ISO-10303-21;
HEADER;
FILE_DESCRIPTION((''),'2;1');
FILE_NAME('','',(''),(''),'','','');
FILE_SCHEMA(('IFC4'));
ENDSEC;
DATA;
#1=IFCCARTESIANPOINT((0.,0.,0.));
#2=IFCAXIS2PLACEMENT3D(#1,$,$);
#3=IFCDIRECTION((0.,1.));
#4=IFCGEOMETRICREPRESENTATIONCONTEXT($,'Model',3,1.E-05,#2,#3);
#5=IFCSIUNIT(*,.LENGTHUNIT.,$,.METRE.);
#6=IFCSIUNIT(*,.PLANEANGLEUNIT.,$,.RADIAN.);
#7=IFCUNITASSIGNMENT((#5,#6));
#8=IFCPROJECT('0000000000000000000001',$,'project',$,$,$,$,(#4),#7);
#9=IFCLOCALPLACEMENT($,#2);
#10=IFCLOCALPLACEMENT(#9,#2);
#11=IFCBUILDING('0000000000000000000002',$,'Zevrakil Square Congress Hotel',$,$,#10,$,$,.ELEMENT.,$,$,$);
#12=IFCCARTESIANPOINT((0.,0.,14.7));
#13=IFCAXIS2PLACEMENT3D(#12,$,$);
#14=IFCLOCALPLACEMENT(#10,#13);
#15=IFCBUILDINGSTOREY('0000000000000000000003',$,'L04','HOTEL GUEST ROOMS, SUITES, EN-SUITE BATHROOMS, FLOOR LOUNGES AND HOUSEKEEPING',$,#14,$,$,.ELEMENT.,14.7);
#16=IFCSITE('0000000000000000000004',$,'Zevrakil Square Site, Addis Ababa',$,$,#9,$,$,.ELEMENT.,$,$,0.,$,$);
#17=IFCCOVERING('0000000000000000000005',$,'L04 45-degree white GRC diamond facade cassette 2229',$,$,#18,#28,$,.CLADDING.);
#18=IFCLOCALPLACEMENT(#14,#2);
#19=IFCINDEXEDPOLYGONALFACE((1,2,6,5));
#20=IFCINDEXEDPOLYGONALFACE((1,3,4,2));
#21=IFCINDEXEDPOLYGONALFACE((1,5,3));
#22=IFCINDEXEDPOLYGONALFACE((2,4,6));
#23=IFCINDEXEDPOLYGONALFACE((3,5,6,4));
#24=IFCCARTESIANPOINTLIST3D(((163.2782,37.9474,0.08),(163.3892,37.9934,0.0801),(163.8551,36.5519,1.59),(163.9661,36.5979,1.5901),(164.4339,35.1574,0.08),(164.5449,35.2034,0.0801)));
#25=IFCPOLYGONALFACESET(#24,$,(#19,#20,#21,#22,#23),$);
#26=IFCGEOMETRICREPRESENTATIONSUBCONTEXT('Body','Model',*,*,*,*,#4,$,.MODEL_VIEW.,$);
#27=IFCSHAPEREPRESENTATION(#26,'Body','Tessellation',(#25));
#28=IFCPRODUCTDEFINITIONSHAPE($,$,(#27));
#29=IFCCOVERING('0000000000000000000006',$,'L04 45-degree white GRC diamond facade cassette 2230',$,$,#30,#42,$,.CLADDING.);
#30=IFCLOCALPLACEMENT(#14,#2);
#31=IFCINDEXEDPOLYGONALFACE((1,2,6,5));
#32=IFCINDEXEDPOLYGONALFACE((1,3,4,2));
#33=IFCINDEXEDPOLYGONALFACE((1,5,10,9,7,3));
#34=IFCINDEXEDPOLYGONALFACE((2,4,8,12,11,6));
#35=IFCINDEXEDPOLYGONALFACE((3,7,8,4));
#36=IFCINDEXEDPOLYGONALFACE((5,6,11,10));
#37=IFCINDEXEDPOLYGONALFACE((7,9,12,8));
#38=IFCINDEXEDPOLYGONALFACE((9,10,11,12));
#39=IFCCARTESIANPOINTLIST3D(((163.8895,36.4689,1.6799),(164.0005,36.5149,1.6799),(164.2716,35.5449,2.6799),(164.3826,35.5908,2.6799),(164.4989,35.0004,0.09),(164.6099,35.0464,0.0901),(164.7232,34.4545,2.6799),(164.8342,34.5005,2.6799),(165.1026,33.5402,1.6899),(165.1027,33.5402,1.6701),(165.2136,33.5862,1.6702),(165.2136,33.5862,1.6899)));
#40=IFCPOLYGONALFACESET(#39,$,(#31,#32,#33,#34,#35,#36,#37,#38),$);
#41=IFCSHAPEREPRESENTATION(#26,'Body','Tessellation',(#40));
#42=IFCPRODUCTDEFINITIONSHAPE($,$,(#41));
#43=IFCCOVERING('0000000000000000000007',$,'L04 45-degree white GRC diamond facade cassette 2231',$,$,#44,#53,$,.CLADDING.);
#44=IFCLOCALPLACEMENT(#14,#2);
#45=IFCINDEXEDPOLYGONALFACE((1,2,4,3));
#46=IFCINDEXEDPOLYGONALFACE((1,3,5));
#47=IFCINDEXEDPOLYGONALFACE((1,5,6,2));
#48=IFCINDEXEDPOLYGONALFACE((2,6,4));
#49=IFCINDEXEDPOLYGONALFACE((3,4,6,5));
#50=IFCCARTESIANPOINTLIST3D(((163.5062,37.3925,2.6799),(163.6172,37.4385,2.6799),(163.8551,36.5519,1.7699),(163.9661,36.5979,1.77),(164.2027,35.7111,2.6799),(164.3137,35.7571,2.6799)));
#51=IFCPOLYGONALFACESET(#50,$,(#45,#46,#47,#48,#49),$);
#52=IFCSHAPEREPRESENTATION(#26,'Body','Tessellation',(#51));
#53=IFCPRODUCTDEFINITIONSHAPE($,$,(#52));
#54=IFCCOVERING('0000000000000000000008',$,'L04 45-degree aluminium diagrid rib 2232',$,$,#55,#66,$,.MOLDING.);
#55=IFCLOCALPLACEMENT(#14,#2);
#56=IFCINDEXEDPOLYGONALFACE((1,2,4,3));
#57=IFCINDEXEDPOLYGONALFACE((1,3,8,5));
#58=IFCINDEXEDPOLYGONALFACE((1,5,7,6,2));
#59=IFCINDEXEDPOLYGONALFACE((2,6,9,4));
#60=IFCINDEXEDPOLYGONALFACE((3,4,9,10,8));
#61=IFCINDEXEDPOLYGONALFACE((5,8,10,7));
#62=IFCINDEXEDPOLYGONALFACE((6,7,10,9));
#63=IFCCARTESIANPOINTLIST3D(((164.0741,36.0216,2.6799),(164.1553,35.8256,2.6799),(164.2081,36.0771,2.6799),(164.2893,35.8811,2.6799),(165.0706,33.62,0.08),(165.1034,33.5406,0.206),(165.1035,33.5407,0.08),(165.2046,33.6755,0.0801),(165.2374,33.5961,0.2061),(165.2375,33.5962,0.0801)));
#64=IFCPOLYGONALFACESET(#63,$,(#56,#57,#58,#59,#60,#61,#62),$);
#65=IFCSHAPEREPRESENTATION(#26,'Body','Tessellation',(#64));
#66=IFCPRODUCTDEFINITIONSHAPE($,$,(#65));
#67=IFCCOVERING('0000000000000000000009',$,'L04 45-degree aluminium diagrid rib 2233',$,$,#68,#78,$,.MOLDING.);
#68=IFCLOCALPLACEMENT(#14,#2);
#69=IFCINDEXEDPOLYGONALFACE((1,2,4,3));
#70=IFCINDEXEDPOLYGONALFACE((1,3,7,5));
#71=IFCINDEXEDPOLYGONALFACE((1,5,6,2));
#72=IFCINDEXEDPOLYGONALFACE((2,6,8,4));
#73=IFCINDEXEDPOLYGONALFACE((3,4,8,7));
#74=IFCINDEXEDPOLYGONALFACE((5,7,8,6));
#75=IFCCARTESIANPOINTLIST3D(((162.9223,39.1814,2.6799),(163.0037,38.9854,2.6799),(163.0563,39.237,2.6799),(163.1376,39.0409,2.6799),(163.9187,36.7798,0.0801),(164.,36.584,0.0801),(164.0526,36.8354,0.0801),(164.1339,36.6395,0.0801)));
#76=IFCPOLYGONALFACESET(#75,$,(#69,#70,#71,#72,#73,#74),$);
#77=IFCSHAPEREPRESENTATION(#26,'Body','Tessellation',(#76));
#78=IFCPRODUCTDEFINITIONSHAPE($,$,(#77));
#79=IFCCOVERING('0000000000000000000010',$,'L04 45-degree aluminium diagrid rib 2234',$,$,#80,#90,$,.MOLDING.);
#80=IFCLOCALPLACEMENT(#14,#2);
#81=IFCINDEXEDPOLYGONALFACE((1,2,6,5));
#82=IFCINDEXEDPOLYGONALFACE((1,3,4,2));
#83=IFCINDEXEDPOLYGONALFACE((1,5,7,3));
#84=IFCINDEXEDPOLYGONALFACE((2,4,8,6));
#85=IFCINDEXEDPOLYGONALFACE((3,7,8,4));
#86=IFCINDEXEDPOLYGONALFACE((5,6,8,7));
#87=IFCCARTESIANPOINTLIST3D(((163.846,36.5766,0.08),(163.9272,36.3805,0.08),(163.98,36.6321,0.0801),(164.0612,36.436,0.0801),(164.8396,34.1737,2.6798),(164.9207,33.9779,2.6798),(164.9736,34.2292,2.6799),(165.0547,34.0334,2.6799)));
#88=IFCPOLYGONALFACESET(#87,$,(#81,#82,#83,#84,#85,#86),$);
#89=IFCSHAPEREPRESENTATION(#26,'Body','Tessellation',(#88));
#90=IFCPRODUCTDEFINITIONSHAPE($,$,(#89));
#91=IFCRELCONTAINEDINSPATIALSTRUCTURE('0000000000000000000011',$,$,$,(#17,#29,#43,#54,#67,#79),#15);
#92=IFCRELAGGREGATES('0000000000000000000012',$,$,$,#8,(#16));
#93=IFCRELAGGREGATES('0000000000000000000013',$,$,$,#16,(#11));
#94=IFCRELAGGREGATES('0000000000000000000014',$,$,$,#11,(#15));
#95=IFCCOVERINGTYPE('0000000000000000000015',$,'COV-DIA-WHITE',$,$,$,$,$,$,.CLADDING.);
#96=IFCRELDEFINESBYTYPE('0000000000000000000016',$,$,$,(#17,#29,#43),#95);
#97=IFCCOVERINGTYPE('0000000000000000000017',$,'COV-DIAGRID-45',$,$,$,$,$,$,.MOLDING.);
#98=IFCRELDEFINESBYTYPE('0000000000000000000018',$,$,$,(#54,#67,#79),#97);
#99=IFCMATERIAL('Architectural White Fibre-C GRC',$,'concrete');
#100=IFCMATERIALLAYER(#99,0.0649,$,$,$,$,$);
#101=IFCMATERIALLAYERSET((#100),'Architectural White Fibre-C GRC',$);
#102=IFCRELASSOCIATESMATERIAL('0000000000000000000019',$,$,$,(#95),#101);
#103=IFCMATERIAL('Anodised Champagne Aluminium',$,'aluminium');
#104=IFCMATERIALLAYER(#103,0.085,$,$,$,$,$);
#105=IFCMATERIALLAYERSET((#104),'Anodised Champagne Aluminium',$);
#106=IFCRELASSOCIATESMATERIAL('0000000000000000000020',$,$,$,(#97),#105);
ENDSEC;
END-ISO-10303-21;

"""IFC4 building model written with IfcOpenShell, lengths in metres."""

from ifc_helpers import new_model, si_unit, direction, frame, origin, place, context, subcontext, project, spatial, polyline, outline, extrude, material, layer, layer_set, type_object, element, save


model = new_model("IFC4")

# Units and contexts
model_context = context("Model", 3, precision=1e-05, world=origin(), true_north=direction((0.0, 1.0)))
body_context = subcontext(model_context, "Body", "Model", "MODEL_VIEW")
ifc_project = project(units=[si_unit("LENGTHUNIT", "METRE"), si_unit("PLANEANGLEUNIT", "RADIAN")], contexts=[model_context])

# Site, building, storey
site_placement = place(None, origin())
site = spatial("IfcSite", under=ifc_project, at=site_placement, Name="Zevrakil Square Site, Addis Ababa", CompositionType="ELEMENT", RefElevation=0.0)
building_placement = place(site_placement, origin())
building = spatial("IfcBuilding", under=site, at=building_placement, Name="Zevrakil Square Congress Hotel", CompositionType="ELEMENT")
storey_placement = place(building_placement, frame((0.0, 0.0, 14.7)))
storey = spatial("IfcBuildingStorey", under=building, at=storey_placement, Name="L04", Description="HOTEL GUEST ROOMS, SUITES, EN-SUITE BATHROOMS, FLOOR LOUNGES AND HOUSEKEEPING", CompositionType="ELEMENT", Elevation=14.7)

# Coverings
ifc_material_1 = material(Name="Architectural White Fibre-C GRC", Category="concrete")
ifc_layer_1 = layer(ifc_material_1, 0.0649)
ifc_layer_set_1 = layer_set([ifc_layer_1], Name="Architectural White Fibre-C GRC")
covering_type_1 = type_object("IfcCoveringType", Name="COV-DIA-WHITE", PredefinedType="CLADDING", material=ifc_layer_set_1)
covering_1_placement = place(storey_placement, frame((163.9661, 36.5979, 1.5901), z_axis=(0.923869, 0.382709, 0.000721), x_axis=(-0.270149, 0.653478, -0.707097)))
element("IfcCovering", 1, at=covering_1_placement, inside=storey, type_object=covering_type_1, Name="L04 45-degree white GRC diamond facade cassette 2229", PredefinedType="CLADDING", context=body_context, shape_type="SweptSolid", body=[
    extrude(outline(polyline([(0.0, 0.0), (2.1355, 0.0), (0.0, -2.1354), (0.0, 0.0)])), origin(), (0.0, 0.0, -1.0), 0.1201),
])
covering_2_placement = place(storey_placement, frame((164.0005, 36.5149, 1.6799), z_axis=(0.923876, 0.382691, 0.000629), x_axis=(0.271021, -0.653125, -0.70709)))
element("IfcCovering", 2, at=covering_2_placement, inside=storey, type_object=covering_type_1, Name="L04 45-degree white GRC diamond facade cassette 2230", PredefinedType="CLADDING", context=body_context, shape_type="SweptSolid", body=[
    extrude(outline(polyline([(0.0, 0.0), (2.2484, 0.0), (2.2485, -2.2346), (2.2345, -2.2486), (0.8345, -2.2487), (0.0, -1.4142), (0.0, 0.0)])), origin(), (0.0, 0.0, -1.0), 0.1201),
])
covering_3_placement = place(storey_placement, frame((163.9661, 36.5979, 1.77), z_axis=(0.923865, 0.382719, 0.000671), x_axis=(0.270177, -0.653433, 0.707127)))
element("IfcCovering", 3, at=covering_3_placement, inside=storey, type_object=covering_type_1, Name="L04 45-degree white GRC diamond facade cassette 2231", PredefinedType="CLADDING", context=body_context, shape_type="SweptSolid", body=[
    extrude(outline(polyline([(0.0, 0.0), (1.2868, 0.0), (-0.0001, -1.2869), (0.0, 0.0)])), origin(), (0.0, 0.0, -1.0), 0.1201),
])
ifc_material_2 = material(Name="Anodised Champagne Aluminium", Category="aluminium")
ifc_layer_2 = layer(ifc_material_2, 0.085)
ifc_layer_set_2 = layer_set([ifc_layer_2], Name="Anodised Champagne Aluminium")
covering_type_2 = type_object("IfcCoveringType", Name="COV-DIAGRID-45", PredefinedType="MOLDING", material=ifc_layer_set_2)
covering_4_placement = place(storey_placement, frame((165.2046, 33.6755, 0.0801), z_axis=(0.923854, 0.382745, 0.000548), x_axis=(0.382745, -0.923854, -0.000001)))
element("IfcCovering", 4, at=covering_4_placement, inside=storey, type_object=covering_type_2, Name="L04 45-degree aluminium diagrid rib 2232", PredefinedType="MOLDING", context=body_context, shape_type="SweptSolid", body=[
    extrude(outline(polyline([(0.0, 0.0), (0.0859, 0.0), (0.0859, -0.126), (-2.3879, -2.5999), (-2.6001, -2.5999), (0.0, 0.0)])), origin(), (0.0, 0.0, -1.0), 0.145),
])
covering_5_placement = place(storey_placement, frame((163.9187, 36.7798, 0.0801), z_axis=(-0.923638, -0.383267, 0.00006), x_axis=(0.383267, -0.923638, 0.0)))
element("IfcCovering", 5, at=covering_5_placement, inside=storey, type_object=covering_type_2, Name="L04 45-degree aluminium diagrid rib 2233", PredefinedType="MOLDING", context=body_context, shape_type="SweptSolid", body=[
    extrude(outline(polyline([(0.0, 0.0), (0.212, 0.0), (-2.3878, 2.5999), (-2.6001, 2.5999), (0.0, 0.0)])), origin(), (0.0, 0.0, -1.0), 0.145),
])
covering_6_placement = place(storey_placement, frame((165.0547, 34.0334, 2.6799), z_axis=(0.923841, 0.382775, 0.000705), x_axis=(-0.382775, 0.923841, 0.0)))
element("IfcCovering", 6, at=covering_6_placement, inside=storey, type_object=covering_type_2, Name="L04 45-degree aluminium diagrid rib 2234", PredefinedType="MOLDING", context=body_context, shape_type="SweptSolid", body=[
    extrude(outline(polyline([(0.0, 0.0), (0.2119, 0.0), (2.8121, -2.5999), (2.5999, -2.5999), (0.0, 0.0)])), origin(), (0.0, 0.0, -1.0), 0.145),
])

save(model, "model.ifc")
